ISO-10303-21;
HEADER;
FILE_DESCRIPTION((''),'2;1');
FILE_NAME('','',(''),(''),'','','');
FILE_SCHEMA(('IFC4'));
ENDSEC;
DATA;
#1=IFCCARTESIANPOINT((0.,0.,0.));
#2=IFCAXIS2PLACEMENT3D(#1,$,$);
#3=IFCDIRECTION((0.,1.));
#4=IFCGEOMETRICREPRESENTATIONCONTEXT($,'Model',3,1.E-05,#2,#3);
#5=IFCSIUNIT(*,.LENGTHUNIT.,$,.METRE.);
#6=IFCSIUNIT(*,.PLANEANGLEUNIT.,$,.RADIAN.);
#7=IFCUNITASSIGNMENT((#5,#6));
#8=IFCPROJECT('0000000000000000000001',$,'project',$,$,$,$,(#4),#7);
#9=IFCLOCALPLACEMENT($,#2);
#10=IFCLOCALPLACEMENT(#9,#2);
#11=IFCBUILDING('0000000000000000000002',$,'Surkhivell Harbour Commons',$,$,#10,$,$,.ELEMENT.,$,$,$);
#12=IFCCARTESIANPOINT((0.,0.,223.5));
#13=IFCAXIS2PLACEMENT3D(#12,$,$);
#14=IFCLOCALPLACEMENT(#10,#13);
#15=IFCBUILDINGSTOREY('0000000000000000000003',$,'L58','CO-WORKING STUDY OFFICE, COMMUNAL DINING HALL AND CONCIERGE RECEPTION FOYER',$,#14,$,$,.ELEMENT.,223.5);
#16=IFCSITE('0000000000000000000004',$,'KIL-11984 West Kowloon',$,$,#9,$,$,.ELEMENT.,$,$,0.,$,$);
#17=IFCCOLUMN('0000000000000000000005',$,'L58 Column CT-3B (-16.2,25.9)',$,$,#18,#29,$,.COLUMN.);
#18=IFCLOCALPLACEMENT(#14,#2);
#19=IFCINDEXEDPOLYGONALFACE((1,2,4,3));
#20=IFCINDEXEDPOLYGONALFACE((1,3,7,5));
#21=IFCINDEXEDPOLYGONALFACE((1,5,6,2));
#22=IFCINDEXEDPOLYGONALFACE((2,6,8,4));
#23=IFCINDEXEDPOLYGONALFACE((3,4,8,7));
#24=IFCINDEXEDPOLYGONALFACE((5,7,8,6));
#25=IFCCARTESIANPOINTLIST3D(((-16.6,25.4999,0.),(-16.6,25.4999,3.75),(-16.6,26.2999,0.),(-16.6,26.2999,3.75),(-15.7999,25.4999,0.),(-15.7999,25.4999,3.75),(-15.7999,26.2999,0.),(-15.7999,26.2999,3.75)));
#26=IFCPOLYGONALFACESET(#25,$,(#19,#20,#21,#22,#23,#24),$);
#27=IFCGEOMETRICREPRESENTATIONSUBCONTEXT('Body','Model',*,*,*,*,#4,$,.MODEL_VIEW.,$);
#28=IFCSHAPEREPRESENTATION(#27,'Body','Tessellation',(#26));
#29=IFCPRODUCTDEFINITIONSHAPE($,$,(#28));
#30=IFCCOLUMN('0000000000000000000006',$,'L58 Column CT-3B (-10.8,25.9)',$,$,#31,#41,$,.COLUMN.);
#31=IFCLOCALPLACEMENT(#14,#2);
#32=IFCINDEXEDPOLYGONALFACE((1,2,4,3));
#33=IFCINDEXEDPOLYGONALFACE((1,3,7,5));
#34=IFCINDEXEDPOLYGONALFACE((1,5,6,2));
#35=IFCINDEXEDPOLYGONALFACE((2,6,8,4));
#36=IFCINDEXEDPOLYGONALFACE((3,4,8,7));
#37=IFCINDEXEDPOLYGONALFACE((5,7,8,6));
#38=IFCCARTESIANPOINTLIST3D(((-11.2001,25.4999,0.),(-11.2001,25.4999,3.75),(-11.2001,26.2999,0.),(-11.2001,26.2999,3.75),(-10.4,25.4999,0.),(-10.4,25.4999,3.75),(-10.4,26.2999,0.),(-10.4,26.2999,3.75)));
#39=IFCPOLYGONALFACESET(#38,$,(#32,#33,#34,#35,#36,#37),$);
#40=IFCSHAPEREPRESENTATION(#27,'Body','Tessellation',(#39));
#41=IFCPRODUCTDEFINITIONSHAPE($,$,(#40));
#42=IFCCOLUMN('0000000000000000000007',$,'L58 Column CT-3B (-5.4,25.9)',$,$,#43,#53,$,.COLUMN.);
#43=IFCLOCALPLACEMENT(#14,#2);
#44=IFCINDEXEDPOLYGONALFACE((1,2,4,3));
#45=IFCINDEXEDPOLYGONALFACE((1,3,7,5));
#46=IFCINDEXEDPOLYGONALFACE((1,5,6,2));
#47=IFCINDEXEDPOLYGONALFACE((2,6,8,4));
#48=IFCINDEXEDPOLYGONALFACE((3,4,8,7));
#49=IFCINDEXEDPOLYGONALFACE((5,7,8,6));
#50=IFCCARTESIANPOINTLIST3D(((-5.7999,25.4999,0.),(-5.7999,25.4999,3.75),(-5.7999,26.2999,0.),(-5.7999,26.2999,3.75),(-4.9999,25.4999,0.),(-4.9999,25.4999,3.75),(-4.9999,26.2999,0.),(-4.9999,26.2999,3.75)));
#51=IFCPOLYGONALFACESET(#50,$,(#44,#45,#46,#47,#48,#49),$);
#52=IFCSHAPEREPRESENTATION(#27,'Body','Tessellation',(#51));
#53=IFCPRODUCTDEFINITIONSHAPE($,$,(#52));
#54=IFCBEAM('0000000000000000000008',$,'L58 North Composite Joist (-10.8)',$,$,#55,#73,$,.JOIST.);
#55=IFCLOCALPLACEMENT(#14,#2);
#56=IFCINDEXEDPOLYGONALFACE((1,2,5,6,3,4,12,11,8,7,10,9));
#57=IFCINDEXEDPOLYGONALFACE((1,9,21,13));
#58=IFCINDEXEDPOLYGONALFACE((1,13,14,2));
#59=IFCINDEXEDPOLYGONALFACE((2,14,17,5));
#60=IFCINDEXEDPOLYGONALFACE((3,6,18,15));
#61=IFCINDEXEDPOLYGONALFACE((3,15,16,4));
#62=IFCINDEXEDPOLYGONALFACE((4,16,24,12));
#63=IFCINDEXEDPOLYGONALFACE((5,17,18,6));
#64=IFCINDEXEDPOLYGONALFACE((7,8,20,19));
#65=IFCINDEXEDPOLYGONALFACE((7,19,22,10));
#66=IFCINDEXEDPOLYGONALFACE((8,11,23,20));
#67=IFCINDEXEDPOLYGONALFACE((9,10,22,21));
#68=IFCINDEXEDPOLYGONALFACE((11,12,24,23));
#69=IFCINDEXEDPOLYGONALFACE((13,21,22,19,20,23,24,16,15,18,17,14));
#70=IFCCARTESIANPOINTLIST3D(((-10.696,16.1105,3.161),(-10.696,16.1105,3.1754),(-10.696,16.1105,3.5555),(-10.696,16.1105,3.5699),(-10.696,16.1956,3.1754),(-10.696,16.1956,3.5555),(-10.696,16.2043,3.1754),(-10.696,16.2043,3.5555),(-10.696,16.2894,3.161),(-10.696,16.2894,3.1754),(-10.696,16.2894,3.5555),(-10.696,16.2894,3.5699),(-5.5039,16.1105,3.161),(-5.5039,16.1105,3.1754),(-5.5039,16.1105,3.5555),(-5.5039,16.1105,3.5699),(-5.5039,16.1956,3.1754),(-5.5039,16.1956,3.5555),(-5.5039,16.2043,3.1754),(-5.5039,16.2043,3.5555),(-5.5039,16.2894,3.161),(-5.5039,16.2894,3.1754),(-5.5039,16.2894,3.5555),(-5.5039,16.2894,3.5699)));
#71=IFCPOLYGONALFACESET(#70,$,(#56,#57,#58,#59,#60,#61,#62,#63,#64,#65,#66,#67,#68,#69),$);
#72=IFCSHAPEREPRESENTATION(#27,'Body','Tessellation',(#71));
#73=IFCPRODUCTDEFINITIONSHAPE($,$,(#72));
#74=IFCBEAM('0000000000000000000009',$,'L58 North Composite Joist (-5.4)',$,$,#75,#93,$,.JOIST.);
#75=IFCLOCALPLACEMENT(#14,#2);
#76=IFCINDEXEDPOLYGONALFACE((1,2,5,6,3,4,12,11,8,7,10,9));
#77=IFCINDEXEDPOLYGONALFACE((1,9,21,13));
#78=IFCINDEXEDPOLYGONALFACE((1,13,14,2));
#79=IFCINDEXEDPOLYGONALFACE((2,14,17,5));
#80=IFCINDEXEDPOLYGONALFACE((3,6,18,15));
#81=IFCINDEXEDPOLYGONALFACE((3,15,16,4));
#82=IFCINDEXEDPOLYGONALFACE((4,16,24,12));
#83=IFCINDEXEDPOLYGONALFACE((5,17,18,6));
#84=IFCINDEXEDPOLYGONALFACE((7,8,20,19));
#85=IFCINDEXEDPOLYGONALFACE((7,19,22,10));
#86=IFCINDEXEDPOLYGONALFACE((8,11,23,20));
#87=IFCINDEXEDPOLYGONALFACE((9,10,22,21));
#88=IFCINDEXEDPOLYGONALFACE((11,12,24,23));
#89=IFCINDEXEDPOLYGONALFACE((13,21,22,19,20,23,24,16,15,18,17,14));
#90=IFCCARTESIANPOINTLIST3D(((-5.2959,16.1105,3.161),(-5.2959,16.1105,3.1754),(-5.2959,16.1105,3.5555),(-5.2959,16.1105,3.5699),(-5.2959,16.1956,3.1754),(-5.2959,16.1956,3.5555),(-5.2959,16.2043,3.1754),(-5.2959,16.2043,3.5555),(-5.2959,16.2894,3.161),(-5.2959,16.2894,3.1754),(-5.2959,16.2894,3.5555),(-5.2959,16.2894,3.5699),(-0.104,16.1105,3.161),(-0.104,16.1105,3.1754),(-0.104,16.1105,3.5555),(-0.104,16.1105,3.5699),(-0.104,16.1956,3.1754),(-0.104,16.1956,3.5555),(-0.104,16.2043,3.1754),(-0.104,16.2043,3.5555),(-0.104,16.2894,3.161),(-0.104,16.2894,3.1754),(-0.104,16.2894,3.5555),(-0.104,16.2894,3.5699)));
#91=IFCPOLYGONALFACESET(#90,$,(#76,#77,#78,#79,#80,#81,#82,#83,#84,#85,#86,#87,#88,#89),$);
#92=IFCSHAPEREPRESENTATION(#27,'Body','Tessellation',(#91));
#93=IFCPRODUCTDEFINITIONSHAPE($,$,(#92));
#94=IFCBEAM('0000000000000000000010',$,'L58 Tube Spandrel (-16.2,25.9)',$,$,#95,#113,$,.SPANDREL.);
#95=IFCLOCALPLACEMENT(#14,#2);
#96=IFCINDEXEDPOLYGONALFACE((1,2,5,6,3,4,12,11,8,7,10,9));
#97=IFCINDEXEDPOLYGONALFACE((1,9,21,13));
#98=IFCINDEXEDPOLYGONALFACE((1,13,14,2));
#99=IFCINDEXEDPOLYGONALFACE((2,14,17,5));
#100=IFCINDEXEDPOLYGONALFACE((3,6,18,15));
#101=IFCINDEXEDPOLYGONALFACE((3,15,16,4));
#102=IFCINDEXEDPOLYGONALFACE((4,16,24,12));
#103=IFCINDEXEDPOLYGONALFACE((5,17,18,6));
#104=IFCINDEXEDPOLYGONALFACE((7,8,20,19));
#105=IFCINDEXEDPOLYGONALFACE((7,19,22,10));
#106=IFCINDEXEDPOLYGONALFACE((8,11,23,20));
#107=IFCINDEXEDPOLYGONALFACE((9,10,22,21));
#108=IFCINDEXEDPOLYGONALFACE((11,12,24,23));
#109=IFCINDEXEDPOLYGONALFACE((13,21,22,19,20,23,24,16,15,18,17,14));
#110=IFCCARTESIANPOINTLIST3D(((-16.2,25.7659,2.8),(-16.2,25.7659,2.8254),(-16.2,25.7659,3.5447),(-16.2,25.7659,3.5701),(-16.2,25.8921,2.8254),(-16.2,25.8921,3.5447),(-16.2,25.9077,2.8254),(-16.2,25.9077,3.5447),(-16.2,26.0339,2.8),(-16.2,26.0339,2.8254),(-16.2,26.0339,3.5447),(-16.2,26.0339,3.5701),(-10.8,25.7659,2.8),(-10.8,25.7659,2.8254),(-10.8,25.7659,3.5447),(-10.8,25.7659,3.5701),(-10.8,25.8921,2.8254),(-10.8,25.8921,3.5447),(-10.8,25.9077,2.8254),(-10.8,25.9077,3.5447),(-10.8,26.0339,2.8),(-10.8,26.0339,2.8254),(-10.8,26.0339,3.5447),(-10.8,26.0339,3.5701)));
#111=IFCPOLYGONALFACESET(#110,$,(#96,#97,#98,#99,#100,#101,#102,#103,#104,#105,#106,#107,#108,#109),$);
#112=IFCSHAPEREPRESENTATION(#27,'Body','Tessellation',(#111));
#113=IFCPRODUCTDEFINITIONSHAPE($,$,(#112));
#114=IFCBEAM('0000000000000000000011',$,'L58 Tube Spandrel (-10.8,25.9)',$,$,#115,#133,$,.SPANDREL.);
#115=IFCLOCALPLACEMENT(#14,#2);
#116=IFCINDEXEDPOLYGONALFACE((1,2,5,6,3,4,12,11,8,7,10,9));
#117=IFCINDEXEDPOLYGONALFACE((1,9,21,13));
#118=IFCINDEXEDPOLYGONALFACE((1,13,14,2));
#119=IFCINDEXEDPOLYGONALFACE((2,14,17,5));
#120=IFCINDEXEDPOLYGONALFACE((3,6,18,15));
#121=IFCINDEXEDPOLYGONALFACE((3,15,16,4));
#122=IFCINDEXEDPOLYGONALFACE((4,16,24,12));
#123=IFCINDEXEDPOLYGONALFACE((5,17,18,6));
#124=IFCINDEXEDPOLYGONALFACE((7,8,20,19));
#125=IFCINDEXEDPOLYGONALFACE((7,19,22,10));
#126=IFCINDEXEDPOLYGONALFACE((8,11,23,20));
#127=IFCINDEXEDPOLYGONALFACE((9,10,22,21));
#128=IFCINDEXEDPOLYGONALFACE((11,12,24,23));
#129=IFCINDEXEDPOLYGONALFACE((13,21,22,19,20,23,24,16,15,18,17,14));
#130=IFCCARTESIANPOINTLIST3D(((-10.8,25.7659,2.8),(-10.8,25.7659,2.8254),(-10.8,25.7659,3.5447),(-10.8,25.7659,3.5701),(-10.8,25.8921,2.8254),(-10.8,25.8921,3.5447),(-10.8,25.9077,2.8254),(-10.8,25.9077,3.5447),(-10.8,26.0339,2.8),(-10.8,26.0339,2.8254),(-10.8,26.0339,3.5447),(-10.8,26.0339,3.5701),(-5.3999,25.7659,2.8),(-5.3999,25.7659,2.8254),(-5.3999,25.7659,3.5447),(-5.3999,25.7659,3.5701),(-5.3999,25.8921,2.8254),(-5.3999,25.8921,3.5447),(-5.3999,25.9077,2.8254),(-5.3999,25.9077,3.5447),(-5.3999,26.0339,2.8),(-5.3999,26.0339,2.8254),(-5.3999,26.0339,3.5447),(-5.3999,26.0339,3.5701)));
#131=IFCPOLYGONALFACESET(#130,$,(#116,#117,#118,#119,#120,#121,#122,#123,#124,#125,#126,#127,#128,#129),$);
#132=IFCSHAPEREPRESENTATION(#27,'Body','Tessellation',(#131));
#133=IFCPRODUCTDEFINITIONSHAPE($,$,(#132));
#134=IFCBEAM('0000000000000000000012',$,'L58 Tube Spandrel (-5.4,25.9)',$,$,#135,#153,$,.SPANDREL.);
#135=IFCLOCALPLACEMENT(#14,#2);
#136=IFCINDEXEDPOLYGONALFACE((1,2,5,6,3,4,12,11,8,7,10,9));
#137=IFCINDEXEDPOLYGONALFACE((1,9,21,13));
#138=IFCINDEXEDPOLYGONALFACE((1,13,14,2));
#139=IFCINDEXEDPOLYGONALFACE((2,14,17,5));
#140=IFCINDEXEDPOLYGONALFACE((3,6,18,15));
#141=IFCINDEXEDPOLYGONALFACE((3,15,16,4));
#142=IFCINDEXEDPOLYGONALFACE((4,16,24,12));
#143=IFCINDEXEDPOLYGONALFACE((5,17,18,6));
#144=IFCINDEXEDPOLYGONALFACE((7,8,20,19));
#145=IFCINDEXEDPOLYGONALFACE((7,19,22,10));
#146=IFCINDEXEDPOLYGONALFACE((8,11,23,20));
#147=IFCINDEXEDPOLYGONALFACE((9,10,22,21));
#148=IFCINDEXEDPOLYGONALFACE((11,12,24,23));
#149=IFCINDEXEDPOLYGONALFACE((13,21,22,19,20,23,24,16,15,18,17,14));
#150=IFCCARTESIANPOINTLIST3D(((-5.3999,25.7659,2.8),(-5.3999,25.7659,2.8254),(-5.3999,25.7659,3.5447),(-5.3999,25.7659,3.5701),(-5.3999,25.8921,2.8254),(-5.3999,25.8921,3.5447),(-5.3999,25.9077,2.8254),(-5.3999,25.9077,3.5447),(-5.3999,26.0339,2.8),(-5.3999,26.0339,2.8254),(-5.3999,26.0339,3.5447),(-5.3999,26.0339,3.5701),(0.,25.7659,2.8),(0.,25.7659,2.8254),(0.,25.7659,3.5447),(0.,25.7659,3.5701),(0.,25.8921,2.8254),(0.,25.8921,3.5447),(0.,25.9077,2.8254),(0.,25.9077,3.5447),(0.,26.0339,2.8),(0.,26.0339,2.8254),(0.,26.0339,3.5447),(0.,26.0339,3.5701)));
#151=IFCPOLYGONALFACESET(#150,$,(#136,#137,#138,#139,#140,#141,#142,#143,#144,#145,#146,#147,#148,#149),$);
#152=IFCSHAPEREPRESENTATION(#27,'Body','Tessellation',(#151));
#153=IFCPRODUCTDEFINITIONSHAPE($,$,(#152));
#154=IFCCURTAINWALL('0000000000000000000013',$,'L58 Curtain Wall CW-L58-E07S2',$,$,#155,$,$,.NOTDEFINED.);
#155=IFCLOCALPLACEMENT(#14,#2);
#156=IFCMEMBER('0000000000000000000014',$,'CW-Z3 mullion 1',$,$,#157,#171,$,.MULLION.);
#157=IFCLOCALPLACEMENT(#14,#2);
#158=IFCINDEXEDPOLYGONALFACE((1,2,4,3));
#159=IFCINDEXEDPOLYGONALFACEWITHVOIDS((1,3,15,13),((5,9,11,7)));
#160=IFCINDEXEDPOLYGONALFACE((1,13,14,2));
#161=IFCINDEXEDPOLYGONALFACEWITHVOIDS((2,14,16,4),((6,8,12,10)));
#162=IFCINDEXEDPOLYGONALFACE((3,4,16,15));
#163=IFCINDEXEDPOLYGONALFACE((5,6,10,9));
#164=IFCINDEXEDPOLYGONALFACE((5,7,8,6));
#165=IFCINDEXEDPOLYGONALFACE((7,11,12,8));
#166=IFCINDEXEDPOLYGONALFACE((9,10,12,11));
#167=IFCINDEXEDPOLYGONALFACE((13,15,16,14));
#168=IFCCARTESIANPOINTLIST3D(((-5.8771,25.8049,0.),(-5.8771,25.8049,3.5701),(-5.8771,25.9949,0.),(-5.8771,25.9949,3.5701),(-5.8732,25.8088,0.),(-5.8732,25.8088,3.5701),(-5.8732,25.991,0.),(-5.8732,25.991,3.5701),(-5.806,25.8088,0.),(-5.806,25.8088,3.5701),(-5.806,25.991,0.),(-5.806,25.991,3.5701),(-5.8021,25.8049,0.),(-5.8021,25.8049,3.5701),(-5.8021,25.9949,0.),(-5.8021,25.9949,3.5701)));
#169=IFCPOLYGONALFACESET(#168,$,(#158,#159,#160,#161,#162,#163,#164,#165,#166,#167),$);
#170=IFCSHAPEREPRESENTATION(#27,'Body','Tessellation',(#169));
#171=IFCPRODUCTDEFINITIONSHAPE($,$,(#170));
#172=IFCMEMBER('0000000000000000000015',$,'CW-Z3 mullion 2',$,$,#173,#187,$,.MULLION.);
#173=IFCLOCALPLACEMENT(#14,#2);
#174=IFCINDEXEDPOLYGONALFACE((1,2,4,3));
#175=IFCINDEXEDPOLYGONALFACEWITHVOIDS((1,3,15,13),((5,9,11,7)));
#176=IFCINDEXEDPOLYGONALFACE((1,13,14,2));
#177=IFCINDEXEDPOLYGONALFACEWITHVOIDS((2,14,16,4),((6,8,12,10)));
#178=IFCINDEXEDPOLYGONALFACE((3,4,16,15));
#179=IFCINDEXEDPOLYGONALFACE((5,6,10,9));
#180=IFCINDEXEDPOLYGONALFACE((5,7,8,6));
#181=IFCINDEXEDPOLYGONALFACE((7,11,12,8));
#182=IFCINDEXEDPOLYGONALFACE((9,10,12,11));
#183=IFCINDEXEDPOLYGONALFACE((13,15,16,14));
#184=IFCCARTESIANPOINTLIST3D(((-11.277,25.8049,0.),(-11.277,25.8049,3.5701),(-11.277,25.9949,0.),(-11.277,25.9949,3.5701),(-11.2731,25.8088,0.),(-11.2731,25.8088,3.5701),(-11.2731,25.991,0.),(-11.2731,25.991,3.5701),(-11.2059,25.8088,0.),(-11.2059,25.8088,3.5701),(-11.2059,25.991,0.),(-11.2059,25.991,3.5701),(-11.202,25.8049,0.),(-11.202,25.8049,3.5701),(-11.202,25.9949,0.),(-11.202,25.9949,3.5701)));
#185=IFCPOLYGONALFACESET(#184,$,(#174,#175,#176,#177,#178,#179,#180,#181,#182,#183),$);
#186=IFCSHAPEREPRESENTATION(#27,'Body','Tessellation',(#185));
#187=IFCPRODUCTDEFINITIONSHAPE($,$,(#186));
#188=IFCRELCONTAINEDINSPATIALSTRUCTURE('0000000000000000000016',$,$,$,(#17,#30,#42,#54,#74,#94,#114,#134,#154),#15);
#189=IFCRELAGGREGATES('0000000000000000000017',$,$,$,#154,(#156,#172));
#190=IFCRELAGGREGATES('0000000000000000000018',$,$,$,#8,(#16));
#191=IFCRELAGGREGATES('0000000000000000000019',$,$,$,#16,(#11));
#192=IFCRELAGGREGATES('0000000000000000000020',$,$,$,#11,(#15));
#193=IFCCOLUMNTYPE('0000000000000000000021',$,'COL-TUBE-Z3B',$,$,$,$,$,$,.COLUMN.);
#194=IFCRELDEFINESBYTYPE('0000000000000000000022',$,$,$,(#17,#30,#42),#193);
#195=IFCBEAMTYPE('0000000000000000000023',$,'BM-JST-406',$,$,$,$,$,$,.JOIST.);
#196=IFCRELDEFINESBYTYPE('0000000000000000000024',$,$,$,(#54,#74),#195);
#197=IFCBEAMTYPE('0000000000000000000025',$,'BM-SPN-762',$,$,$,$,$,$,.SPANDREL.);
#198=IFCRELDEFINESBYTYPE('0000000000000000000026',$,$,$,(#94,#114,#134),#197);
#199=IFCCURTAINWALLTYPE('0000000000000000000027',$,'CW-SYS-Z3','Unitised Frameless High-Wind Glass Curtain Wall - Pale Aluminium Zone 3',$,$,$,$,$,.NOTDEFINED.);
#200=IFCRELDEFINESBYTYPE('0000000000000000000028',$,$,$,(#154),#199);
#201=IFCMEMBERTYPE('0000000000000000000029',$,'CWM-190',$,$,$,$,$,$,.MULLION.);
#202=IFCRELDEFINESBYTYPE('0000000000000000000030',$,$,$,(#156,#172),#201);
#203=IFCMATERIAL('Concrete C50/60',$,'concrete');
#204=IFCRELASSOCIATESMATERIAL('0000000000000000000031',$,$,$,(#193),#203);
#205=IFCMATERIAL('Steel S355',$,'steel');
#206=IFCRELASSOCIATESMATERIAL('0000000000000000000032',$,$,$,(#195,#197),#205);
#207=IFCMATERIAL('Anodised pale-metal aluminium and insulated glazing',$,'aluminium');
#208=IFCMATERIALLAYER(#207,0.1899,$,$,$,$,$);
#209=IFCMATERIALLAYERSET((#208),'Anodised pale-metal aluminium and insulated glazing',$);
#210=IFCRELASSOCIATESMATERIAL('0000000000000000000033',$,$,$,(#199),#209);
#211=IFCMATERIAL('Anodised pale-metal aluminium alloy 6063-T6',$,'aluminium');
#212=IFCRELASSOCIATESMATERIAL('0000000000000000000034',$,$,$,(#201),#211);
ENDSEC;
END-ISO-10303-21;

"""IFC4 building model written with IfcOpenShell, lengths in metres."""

from ifc_helpers import new_model, si_unit, direction, frame, origin, origin_2d, place, context, subcontext, project, spatial, rectangle, hollow_rectangle, i_section, extrude, material, layer, layer_set, material_profile, profile_set, type_object, element, aggregate, save


model = new_model("IFC4")

# Units and contexts
model_context = context("Model", 3, precision=1e-05, world=origin(), true_north=direction((0.0, 1.0)))
body_context = subcontext(model_context, "Body", "Model", "MODEL_VIEW")
ifc_project = project(units=[si_unit("LENGTHUNIT", "METRE"), si_unit("PLANEANGLEUNIT", "RADIAN")], contexts=[model_context])

# Site, building, storey
site_placement = place(None, origin())
site = spatial("IfcSite", under=ifc_project, at=site_placement, Name="KIL-11984 West Kowloon", CompositionType="ELEMENT", RefElevation=0.0)
building_placement = place(site_placement, origin())
building = spatial("IfcBuilding", under=site, at=building_placement, Name="Surkhivell Harbour Commons", CompositionType="ELEMENT")
storey_placement = place(building_placement, frame((0.0, 0.0, 223.5)))
storey = spatial("IfcBuildingStorey", under=building, at=storey_placement, Name="L58", Description="CO-WORKING STUDY OFFICE, COMMUNAL DINING HALL AND CONCIERGE RECEPTION FOYER", CompositionType="ELEMENT", Elevation=223.5)

# Columns
ifc_material_1 = material(Name="Concrete C50/60", Category="concrete")
ifc_material_profile_1 = material_profile(ifc_material_1, rectangle(XDim=0.8, YDim=0.8, at=origin_2d()), Name="RC-COL-800x800")
ifc_profile_set_1 = profile_set([ifc_material_profile_1], Name="Concrete C50/60")
column_type = type_object("IfcColumnType", Name="COL-TUBE-Z3B", PredefinedType="COLUMN", material=ifc_profile_set_1)
for number, where, z_axis, x_axis, name in (
    (1, (-16.2, 25.8999, 0.0), (0.0, 0.0, 1.0), (1.0, 0.0, 0.0), "L58 Column CT-3B (-16.2,25.9)"),
    (2, (-10.8, 25.8999, 0.0), (0.0, 0.0, 1.0), (1.0, 0.0, 0.0), "L58 Column CT-3B (-10.8,25.9)"),
    (3, (-5.3999, 25.8999, 0.0), (0.0, 0.0, 1.0), (1.0, 0.0, 0.0), "L58 Column CT-3B (-5.4,25.9)"),
):
    element("IfcColumn", number, at=place(storey_placement, frame(where, z_axis=z_axis, x_axis=x_axis)), inside=storey, type_object=column_type, Name=name, PredefinedType="COLUMN", context=body_context, shape_type="SweptSolid", body=[
        extrude(rectangle(XDim=0.8, YDim=0.8, at=origin_2d()), origin(), (0.0, 0.0, 1.0), 3.75),
    ])

# Beams
ifc_material_2 = material(Name="Steel S355", Category="steel")
ifc_material_profile_2 = material_profile(ifc_material_2, i_section(OverallWidth=0.179, OverallDepth=0.4089, WebThickness=0.0088, FlangeThickness=0.0144, at=origin_2d()), Name="UB406x178x67")
ifc_profile_set_2 = profile_set([ifc_material_profile_2], Name="Steel S355")
beam_type_1 = type_object("IfcBeamType", Name="BM-JST-406", PredefinedType="JOIST", material=ifc_profile_set_2)
beam_1_placement = place(storey_placement, frame((-10.696, 16.2, 3.3655), z_axis=(1.0, 0.0, 0.0), x_axis=(0.0, 1.0, 0.0)))
element("IfcBeam", 4, at=beam_1_placement, inside=storey, type_object=beam_type_1, Name="L58 North Composite Joist (-10.8)", PredefinedType="JOIST", context=body_context, shape_type="SweptSolid", body=[
    extrude(i_section(OverallWidth=0.179, OverallDepth=0.4089, WebThickness=0.0088, FlangeThickness=0.0144, at=origin_2d()), origin(), (0.0, 0.0, 1.0), 5.1921),
])
beam_2_placement = place(storey_placement, frame((-5.2959, 16.2, 3.3655), z_axis=(1.0, 0.0, 0.0), x_axis=(0.0, 1.0, 0.0)))
element("IfcBeam", 5, at=beam_2_placement, inside=storey, type_object=beam_type_1, Name="L58 North Composite Joist (-5.4)", PredefinedType="JOIST", context=body_context, shape_type="SweptSolid", body=[
    extrude(i_section(OverallWidth=0.179, OverallDepth=0.4089, WebThickness=0.0088, FlangeThickness=0.0144, at=origin_2d()), origin(), (0.0, 0.0, 1.0), 5.1919),
])
ifc_material_profile_3 = material_profile(ifc_material_2, i_section(OverallWidth=0.2681, OverallDepth=0.77, WebThickness=0.0156, FlangeThickness=0.0254, at=origin_2d()), Name="UB762x267x197")
ifc_profile_set_3 = profile_set([ifc_material_profile_3], Name="Steel S355")
beam_type_2 = type_object("IfcBeamType", Name="BM-SPN-762", PredefinedType="SPANDREL", material=ifc_profile_set_3)
beam_3_placement = place(storey_placement, frame((-16.2, 25.8999, 3.1851), z_axis=(1.0, 0.0, 0.0), x_axis=(0.0, 1.0, 0.0)))
element("IfcBeam", 6, at=beam_3_placement, inside=storey, type_object=beam_type_2, Name="L58 Tube Spandrel (-16.2,25.9)", PredefinedType="SPANDREL", context=body_context, shape_type="SweptSolid", body=[
    extrude(i_section(OverallWidth=0.2681, OverallDepth=0.77, WebThickness=0.0156, FlangeThickness=0.0254, at=origin_2d()), origin(), (0.0, 0.0, 1.0), 5.3999),
])
beam_4_placement = place(storey_placement, frame((-10.8, 25.8999, 3.1851), z_axis=(1.0, 0.0, 0.0), x_axis=(0.0, 1.0, 0.0)))
element("IfcBeam", 7, at=beam_4_placement, inside=storey, type_object=beam_type_2, Name="L58 Tube Spandrel (-10.8,25.9)", PredefinedType="SPANDREL", context=body_context, shape_type="SweptSolid", body=[
    extrude(i_section(OverallWidth=0.2681, OverallDepth=0.77, WebThickness=0.0156, FlangeThickness=0.0254, at=origin_2d()), origin(), (0.0, 0.0, 1.0), 5.4001),
])
beam_5_placement = place(storey_placement, frame((-5.3999, 25.8999, 3.1851), z_axis=(1.0, 0.0, 0.0), x_axis=(0.0, 1.0, 0.0)))
element("IfcBeam", 8, at=beam_5_placement, inside=storey, type_object=beam_type_2, Name="L58 Tube Spandrel (-5.4,25.9)", PredefinedType="SPANDREL", context=body_context, shape_type="SweptSolid", body=[
    extrude(i_section(OverallWidth=0.2681, OverallDepth=0.77, WebThickness=0.0156, FlangeThickness=0.0254, at=origin_2d()), origin(), (0.0, 0.0, 1.0), 5.3999),
])

# Curtain wall, members
ifc_material_3 = material(Name="Anodised pale-metal aluminium and insulated glazing", Category="aluminium")
ifc_layer_1 = layer(ifc_material_3, 0.1899)
ifc_layer_set_1 = layer_set([ifc_layer_1], Name="Anodised pale-metal aluminium and insulated glazing")
curtain_wall_type = type_object("IfcCurtainWallType", Name="CW-SYS-Z3", Description="Unitised Frameless High-Wind Glass Curtain Wall - Pale Aluminium Zone 3", PredefinedType="NOTDEFINED", material=ifc_layer_set_1)
curtain_wall_placement = place(storey_placement, origin())
curtain_wall = element("IfcCurtainWall", 9, at=curtain_wall_placement, inside=storey, type_object=curtain_wall_type, Name="L58 Curtain Wall CW-L58-E07S2", PredefinedType="NOTDEFINED")
ifc_material_4 = material(Name="Anodised pale-metal aluminium alloy 6063-T6", Category="aluminium")
ifc_material_profile_4 = material_profile(ifc_material_4, hollow_rectangle(XDim=0.075, YDim=0.1899, WallThickness=0.0039, at=origin_2d()), Name="ALU-MULL-75x190")
ifc_profile_set_4 = profile_set([ifc_material_profile_4], Name="Anodised pale-metal aluminium alloy 6063-T6")
member_type_1 = type_object("IfcMemberType", Name="CWM-190", PredefinedType="MULLION", material=ifc_profile_set_4)
member_1_placement = place(storey_placement, frame((-5.8396, 25.8999, 0.0), z_axis=(0.0, 0.0, 1.0), x_axis=(-1.0, 0.0, 0.0)))
member_1 = element("IfcMember", 10, at=member_1_placement, type_object=member_type_1, Name="CW-Z3 mullion 1", PredefinedType="MULLION", context=body_context, shape_type="SweptSolid", body=[
    extrude(hollow_rectangle(XDim=0.075, YDim=0.1899, WallThickness=0.0039, at=origin_2d()), origin(), (0.0, 0.0, 1.0), 3.5701),
])
member_2_placement = place(storey_placement, frame((-11.2395, 25.8999, 0.0), z_axis=(0.0, 0.0, 1.0), x_axis=(-1.0, 0.0, 0.0)))
member_2 = element("IfcMember", 11, at=member_2_placement, type_object=member_type_1, Name="CW-Z3 mullion 2", PredefinedType="MULLION", context=body_context, shape_type="SweptSolid", body=[
    extrude(hollow_rectangle(XDim=0.075, YDim=0.1899, WallThickness=0.0039, at=origin_2d()), origin(), (0.0, 0.0, 1.0), 3.5701),
])

aggregate(curtain_wall, [member_1, member_2])

save(model, "model.ifc")
